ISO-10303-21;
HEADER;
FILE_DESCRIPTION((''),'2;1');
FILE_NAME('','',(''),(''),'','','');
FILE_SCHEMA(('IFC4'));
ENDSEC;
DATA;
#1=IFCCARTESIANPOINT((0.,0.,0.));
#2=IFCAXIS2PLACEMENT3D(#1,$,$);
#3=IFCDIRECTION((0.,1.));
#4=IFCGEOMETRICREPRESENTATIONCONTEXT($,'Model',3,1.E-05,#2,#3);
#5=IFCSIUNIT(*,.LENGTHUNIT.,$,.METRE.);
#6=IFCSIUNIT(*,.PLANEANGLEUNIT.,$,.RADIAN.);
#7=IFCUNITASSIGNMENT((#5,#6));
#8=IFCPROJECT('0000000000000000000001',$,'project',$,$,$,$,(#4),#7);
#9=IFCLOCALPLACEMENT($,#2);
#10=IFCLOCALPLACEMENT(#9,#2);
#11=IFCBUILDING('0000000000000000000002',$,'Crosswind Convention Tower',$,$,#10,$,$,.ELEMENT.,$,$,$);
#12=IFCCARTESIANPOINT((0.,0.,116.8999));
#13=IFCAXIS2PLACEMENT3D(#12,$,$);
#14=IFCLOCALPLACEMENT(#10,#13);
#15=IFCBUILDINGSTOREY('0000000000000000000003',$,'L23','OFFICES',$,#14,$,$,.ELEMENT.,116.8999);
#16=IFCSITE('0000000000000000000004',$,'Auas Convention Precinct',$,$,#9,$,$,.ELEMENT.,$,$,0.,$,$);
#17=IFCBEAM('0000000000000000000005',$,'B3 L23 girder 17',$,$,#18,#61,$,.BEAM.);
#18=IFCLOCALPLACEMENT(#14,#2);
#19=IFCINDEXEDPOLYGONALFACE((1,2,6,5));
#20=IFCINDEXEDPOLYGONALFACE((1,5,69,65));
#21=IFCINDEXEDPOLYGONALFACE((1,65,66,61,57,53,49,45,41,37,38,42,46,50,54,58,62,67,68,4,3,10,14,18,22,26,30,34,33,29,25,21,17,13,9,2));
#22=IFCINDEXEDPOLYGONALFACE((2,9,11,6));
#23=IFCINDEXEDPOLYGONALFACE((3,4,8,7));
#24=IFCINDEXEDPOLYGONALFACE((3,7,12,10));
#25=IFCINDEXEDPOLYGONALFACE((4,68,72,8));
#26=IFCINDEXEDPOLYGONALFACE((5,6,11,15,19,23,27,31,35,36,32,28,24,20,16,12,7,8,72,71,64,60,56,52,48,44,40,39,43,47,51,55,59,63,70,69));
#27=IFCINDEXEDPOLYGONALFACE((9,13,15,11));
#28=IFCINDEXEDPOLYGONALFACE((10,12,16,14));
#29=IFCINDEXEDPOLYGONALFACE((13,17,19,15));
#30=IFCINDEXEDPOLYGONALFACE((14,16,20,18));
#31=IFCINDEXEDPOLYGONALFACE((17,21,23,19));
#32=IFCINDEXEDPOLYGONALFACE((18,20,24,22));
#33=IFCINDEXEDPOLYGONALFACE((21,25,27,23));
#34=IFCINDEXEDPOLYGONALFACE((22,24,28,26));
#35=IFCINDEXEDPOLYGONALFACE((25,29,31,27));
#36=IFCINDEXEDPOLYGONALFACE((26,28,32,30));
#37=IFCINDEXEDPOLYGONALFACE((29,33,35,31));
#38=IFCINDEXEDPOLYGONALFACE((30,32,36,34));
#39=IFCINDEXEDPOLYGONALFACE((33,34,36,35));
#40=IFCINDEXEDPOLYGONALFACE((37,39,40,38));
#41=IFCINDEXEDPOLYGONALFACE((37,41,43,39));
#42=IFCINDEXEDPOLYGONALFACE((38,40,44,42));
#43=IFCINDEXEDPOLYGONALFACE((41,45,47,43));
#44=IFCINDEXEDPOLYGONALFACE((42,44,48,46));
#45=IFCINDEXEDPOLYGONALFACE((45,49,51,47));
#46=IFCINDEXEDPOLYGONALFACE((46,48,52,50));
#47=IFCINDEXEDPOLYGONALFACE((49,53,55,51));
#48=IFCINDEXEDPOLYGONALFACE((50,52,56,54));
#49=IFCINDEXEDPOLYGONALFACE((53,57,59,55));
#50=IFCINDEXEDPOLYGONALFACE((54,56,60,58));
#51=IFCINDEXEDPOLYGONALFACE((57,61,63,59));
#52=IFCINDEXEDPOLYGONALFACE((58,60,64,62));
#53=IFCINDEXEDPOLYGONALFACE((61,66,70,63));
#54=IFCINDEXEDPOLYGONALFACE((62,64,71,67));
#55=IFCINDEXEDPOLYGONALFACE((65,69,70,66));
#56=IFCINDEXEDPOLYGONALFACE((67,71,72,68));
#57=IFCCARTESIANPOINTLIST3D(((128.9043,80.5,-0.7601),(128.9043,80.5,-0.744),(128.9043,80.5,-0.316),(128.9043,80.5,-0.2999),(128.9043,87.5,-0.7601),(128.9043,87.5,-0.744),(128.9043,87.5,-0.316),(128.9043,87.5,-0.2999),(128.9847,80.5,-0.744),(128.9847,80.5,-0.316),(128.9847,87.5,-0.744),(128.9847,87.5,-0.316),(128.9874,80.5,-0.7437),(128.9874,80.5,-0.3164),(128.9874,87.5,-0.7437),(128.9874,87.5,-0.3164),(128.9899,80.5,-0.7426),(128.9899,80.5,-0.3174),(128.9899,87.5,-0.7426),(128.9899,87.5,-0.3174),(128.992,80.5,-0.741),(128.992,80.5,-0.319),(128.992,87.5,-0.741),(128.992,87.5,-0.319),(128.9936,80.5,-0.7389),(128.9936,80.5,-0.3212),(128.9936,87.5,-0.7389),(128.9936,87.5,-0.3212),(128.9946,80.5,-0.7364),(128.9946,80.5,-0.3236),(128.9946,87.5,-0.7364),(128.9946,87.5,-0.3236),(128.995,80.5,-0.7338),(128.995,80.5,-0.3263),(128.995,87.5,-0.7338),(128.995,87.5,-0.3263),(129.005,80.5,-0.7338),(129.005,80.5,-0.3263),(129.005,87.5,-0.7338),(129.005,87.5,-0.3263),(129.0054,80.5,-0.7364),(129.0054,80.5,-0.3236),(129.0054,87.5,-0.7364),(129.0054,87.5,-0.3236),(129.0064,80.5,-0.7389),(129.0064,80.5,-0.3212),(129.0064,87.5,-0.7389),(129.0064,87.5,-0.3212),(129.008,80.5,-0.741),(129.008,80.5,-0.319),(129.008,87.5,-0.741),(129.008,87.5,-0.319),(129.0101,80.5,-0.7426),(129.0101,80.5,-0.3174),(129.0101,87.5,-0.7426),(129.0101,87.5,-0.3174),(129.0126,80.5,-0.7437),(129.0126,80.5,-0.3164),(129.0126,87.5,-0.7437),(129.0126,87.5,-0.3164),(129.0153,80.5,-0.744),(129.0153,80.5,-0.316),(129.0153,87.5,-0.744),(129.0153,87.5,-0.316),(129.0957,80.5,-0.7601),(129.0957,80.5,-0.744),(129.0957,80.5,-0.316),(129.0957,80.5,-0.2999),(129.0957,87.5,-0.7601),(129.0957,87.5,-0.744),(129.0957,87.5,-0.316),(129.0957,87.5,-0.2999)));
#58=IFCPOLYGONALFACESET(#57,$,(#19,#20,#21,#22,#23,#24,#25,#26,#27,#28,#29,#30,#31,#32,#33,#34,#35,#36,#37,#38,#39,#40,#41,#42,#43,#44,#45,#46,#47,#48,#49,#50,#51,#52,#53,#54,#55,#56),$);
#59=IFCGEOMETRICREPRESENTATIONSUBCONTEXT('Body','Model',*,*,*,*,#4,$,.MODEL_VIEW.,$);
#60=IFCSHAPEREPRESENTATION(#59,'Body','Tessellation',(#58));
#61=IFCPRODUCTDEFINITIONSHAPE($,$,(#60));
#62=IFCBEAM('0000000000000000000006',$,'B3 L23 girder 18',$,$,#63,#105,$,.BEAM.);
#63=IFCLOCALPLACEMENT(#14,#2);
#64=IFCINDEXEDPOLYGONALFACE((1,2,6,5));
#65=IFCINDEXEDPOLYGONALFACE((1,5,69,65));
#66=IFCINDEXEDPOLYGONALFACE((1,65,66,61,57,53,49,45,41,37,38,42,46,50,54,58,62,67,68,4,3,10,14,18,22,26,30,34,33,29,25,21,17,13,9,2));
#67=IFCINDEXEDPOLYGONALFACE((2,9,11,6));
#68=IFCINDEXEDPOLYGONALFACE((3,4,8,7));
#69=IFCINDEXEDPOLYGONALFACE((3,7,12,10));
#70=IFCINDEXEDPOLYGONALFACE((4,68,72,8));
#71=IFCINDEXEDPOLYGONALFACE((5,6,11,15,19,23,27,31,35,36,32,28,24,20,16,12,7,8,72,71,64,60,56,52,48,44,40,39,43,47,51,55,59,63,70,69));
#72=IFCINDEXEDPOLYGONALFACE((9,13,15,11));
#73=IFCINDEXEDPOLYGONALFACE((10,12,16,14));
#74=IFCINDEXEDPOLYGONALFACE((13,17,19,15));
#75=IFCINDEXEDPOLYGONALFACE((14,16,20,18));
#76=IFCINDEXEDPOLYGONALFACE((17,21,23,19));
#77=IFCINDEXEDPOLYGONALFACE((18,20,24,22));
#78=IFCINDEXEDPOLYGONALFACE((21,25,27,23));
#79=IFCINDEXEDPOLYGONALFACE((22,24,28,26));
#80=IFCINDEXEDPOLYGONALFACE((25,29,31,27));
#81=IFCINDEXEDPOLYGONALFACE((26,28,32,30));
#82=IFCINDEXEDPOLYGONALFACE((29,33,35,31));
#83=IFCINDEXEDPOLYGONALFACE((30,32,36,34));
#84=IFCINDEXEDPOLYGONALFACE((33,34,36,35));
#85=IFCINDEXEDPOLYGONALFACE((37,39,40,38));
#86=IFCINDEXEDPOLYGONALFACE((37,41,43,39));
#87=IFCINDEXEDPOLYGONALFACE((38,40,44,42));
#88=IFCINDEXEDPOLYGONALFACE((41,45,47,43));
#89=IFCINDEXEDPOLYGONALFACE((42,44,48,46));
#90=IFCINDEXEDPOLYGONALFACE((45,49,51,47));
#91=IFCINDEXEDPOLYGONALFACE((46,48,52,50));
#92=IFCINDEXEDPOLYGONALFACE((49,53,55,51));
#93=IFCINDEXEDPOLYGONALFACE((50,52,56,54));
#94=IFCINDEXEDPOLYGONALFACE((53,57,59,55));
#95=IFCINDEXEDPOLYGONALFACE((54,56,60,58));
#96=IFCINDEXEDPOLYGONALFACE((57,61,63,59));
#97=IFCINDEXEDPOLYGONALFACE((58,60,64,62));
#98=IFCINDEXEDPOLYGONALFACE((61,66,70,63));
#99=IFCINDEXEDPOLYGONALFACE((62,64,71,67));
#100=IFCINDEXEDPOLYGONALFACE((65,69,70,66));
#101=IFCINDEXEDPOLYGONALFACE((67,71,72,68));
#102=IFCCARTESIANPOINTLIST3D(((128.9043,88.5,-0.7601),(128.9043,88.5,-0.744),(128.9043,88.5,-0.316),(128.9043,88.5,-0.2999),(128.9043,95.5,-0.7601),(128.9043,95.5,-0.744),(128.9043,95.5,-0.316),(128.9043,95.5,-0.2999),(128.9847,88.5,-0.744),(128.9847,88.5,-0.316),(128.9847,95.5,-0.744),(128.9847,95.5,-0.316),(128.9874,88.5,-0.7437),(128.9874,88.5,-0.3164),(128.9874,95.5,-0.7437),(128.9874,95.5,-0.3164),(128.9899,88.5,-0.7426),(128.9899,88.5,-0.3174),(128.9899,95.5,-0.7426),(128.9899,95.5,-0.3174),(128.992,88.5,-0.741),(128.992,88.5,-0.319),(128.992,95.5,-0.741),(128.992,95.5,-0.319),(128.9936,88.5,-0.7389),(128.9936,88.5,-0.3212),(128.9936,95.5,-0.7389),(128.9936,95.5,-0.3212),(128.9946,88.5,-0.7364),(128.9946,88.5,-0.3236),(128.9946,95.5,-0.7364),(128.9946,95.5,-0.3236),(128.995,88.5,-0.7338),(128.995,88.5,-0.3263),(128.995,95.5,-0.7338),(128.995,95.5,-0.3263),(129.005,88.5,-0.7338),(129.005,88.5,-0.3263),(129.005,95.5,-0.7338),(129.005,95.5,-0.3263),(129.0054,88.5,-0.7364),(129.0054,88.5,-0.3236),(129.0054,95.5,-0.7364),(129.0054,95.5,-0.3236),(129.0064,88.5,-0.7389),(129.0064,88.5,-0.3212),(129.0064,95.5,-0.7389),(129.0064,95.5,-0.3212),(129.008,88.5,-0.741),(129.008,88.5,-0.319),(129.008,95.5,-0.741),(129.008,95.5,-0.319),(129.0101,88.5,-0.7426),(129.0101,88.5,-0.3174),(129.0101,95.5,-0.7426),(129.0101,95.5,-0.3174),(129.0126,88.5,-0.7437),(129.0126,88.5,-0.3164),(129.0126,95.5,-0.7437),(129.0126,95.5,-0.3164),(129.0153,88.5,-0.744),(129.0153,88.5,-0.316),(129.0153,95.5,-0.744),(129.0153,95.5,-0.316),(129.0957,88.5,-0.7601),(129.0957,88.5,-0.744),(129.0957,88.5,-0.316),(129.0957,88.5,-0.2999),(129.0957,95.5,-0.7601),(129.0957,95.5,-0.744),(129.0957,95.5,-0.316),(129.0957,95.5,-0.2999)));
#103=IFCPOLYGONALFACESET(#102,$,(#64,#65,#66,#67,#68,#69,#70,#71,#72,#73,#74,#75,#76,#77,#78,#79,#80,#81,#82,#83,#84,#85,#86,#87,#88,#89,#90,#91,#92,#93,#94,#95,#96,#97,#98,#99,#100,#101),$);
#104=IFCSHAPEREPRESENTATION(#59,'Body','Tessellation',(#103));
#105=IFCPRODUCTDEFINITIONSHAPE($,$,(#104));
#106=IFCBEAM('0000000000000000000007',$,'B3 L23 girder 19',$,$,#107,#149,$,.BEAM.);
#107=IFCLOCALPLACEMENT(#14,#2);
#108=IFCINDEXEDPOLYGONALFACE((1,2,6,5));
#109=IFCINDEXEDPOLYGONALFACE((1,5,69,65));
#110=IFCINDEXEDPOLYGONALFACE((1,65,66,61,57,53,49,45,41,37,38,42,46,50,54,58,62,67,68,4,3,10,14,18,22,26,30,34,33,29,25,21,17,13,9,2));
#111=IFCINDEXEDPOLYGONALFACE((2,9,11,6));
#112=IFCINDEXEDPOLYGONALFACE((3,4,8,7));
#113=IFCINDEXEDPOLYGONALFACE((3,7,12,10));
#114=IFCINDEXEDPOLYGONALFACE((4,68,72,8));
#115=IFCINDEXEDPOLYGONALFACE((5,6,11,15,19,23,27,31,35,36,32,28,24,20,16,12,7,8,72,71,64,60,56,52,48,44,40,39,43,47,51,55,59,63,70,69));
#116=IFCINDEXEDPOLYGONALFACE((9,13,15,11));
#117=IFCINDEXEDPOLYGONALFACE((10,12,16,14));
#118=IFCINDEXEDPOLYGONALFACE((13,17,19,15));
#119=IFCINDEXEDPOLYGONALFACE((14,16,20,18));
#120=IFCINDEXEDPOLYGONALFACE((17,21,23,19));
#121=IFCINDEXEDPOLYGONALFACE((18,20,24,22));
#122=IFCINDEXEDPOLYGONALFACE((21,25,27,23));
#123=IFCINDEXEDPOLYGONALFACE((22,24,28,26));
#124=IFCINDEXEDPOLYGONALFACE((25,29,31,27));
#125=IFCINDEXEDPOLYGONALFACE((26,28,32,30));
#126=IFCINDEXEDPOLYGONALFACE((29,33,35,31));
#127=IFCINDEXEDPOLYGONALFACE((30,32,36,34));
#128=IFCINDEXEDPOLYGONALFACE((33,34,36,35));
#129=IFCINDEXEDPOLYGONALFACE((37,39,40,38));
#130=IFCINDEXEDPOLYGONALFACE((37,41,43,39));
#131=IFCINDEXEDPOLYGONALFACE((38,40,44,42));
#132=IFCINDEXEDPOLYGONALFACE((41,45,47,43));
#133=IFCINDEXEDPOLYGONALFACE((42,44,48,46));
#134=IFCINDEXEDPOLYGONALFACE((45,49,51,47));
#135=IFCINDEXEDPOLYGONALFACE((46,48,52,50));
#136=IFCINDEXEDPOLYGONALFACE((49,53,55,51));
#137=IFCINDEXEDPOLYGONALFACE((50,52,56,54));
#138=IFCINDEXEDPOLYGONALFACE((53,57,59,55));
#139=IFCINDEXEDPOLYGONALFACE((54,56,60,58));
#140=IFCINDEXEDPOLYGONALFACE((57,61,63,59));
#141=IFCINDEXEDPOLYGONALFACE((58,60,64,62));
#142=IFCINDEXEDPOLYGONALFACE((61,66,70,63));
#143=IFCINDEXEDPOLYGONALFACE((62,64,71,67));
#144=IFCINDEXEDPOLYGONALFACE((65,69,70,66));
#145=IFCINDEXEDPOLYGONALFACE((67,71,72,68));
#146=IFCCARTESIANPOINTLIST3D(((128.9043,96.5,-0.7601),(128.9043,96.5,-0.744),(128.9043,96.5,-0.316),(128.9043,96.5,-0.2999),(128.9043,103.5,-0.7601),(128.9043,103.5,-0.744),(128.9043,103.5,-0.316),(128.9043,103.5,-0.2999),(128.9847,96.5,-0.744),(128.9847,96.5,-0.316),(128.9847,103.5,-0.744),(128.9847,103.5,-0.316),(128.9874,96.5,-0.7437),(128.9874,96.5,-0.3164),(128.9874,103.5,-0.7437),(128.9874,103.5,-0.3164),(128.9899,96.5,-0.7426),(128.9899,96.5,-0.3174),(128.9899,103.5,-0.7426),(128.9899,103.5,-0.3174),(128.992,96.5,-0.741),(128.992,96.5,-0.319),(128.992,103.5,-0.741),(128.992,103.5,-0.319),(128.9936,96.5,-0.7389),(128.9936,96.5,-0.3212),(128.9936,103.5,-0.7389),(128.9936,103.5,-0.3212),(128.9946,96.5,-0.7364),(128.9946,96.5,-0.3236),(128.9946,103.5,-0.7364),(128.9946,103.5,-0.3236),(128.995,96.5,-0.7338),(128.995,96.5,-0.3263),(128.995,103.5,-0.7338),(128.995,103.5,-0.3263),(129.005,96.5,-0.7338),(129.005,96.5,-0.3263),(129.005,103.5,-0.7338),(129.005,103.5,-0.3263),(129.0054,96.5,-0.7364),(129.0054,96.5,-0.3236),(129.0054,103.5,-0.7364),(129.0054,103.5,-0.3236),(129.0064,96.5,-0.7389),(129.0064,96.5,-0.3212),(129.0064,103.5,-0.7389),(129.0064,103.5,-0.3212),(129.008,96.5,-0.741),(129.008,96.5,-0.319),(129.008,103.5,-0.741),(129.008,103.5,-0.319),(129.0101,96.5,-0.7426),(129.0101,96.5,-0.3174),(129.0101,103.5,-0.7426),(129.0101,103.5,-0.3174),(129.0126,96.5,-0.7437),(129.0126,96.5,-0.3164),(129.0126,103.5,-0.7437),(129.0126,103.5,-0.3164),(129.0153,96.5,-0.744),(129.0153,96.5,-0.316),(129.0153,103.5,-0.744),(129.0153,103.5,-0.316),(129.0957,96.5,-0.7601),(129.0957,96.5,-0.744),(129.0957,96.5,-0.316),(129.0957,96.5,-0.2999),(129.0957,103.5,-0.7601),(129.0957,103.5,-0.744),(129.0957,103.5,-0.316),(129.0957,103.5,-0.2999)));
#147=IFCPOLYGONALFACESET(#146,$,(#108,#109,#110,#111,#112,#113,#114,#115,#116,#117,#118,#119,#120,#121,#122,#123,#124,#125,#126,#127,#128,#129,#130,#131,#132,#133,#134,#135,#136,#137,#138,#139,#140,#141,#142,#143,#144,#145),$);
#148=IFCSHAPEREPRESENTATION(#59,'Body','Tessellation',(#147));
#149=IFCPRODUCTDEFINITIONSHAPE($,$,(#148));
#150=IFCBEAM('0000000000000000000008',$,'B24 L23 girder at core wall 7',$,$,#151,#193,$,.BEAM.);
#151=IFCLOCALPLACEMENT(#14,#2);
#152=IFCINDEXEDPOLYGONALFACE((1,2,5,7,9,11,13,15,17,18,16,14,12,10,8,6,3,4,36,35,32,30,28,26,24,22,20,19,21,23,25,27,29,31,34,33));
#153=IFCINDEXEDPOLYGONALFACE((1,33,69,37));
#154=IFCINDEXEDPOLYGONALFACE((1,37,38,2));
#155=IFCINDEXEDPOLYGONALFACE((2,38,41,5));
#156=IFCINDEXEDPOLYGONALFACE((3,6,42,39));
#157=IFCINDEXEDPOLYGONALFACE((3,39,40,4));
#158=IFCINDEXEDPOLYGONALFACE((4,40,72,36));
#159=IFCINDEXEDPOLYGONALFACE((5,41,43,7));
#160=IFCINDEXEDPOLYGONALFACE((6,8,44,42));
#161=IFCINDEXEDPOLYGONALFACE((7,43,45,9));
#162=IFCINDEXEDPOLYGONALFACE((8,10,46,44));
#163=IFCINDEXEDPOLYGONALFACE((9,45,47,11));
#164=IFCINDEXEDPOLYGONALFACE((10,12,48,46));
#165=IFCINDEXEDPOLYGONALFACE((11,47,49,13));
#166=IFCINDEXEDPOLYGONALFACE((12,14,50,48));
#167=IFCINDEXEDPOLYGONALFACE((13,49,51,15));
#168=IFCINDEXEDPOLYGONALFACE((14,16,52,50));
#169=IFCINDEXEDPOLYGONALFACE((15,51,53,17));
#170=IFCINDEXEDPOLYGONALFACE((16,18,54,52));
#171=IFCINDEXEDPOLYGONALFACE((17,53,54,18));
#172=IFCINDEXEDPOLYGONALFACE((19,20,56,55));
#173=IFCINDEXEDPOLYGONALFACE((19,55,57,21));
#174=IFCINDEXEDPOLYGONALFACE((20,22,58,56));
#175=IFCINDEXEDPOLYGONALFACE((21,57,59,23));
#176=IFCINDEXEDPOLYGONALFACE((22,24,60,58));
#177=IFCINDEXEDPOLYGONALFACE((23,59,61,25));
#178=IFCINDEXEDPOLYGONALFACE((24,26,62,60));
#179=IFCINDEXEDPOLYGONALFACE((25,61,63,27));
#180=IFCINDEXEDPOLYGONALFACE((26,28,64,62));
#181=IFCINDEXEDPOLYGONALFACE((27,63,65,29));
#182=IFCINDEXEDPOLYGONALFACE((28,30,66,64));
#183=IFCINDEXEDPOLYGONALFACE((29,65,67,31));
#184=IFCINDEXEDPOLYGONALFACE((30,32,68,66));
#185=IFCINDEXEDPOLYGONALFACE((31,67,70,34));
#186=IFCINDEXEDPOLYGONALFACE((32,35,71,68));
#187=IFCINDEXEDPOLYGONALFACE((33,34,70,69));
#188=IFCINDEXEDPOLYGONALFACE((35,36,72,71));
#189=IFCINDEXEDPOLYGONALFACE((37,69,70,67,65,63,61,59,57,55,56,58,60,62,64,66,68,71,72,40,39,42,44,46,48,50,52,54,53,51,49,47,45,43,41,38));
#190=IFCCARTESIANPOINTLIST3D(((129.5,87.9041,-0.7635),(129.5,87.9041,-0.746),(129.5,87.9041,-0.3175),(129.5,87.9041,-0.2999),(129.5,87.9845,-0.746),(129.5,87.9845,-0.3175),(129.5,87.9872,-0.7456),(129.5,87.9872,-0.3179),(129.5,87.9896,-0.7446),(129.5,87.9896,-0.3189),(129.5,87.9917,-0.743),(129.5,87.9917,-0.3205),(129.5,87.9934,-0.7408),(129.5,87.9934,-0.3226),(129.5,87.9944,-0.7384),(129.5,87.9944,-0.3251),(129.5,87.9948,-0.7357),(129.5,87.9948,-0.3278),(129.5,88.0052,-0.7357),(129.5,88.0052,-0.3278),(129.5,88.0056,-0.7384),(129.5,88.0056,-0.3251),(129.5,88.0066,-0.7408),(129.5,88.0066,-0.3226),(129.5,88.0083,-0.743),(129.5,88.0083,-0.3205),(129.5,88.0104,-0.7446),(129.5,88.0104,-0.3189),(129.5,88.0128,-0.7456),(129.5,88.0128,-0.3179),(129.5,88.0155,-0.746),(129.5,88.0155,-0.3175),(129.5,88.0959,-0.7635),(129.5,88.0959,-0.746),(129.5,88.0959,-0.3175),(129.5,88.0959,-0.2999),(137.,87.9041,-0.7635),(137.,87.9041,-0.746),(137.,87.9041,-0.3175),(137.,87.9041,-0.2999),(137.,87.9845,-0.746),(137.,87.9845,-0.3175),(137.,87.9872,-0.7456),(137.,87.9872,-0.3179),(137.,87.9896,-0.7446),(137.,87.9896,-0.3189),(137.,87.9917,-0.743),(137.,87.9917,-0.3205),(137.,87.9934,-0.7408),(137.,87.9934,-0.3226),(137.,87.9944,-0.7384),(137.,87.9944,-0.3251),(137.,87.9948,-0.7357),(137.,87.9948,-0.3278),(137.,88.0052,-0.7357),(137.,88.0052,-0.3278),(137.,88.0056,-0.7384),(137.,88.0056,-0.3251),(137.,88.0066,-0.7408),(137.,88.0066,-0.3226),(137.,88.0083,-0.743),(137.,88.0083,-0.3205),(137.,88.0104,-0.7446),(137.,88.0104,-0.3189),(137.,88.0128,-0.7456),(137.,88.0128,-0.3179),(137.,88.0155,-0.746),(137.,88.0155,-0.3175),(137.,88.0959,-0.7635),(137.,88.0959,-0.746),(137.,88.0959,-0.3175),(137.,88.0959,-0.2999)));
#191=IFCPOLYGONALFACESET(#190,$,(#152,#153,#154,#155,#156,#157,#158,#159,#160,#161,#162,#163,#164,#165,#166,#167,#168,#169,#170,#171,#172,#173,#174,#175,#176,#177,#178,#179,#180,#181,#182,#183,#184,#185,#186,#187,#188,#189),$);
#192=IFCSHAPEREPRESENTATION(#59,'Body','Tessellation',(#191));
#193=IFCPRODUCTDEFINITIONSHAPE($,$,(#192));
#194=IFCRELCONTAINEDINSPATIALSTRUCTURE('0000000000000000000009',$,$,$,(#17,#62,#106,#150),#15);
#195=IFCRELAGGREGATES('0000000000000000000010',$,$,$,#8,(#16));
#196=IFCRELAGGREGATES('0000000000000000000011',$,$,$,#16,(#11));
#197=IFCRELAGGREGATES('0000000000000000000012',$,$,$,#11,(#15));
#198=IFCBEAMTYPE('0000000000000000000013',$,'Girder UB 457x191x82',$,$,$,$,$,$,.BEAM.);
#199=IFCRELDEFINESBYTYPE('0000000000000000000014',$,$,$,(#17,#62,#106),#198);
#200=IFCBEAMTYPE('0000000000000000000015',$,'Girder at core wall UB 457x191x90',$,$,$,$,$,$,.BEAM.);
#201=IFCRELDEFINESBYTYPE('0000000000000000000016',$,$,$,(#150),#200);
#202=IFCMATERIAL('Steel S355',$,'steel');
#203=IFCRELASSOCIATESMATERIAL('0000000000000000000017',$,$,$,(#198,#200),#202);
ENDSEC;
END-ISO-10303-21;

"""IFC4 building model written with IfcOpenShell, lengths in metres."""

from ifc_helpers import new_model, si_unit, direction, frame, origin, origin_2d, place, context, subcontext, project, spatial, i_section, extrude, material, material_profile, profile_set, type_object, element, save


model = new_model("IFC4")

# Units and contexts
model_context = context("Model", 3, precision=1e-05, world=origin(), true_north=direction((0.0, 1.0)))
body_context = subcontext(model_context, "Body", "Model", "MODEL_VIEW")
ifc_project = project(units=[si_unit("LENGTHUNIT", "METRE"), si_unit("PLANEANGLEUNIT", "RADIAN")], contexts=[model_context])

# Site, building, storey
site_placement = place(None, origin())
site = spatial("IfcSite", under=ifc_project, at=site_placement, Name="Auas Convention Precinct", CompositionType="ELEMENT", RefElevation=0.0)
building_placement = place(site_placement, origin())
building = spatial("IfcBuilding", under=site, at=building_placement, Name="Crosswind Convention Tower", CompositionType="ELEMENT")
storey_placement = place(building_placement, frame((0.0, 0.0, 116.8999)))
storey = spatial("IfcBuildingStorey", under=building, at=storey_placement, Name="L23", Description="OFFICES", CompositionType="ELEMENT", Elevation=116.8999)

# Beams
ifc_material_1 = material(Name="Steel S355", Category="steel")
ifc_material_profile_1 = material_profile(ifc_material_1, i_section(OverallWidth=0.1914, OverallDepth=0.4602, WebThickness=0.01, FlangeThickness=0.0161, FilletRadius=0.0103, at=origin_2d()), Name="UB 457x191x82")
ifc_profile_set_1 = profile_set([ifc_material_profile_1], Name="Steel S355")
beam_type_1 = type_object("IfcBeamType", Name="Girder UB 457x191x82", PredefinedType="BEAM", material=ifc_profile_set_1)
for number, where, z_axis, x_axis, name in (
    (1, (129.0, 80.5, -0.53), (0.0, 1.0, 0.0), (-1.0, 0.0, 0.0), "B3 L23 girder 17"),
    (2, (129.0, 88.5, -0.53), (0.0, 1.0, 0.0), (-1.0, 0.0, 0.0), "B3 L23 girder 18"),
    (3, (129.0, 96.5, -0.53), (0.0, 1.0, 0.0), (-1.0, 0.0, 0.0), "B3 L23 girder 19"),
):
    element("IfcBeam", number, at=place(storey_placement, frame(where, z_axis=z_axis, x_axis=x_axis)), inside=storey, type_object=beam_type_1, Name=name, PredefinedType="BEAM", context=body_context, shape_type="SweptSolid", body=[
        extrude(i_section(OverallWidth=0.1914, OverallDepth=0.4602, WebThickness=0.01, FlangeThickness=0.0161, FilletRadius=0.0103, at=origin_2d()), origin(), (0.0, 0.0, 1.0), 7.0),
    ])
ifc_material_profile_2 = material_profile(ifc_material_1, i_section(OverallWidth=0.1919, OverallDepth=0.4636, WebThickness=0.0105, FlangeThickness=0.0176, FilletRadius=0.0103, at=origin_2d()), Name="UB 457x191x90")
ifc_profile_set_2 = profile_set([ifc_material_profile_2], Name="Steel S355")
beam_type_2 = type_object("IfcBeamType", Name="Girder at core wall UB 457x191x90", PredefinedType="BEAM", material=ifc_profile_set_2)
for number, where, z_axis, x_axis, name in (
    (4, (129.5, 88.0, -0.5317), (1.0, 0.0, 0.0), (0.0, 1.0, 0.0), "B24 L23 girder at core wall 7"),
):
    element("IfcBeam", number, at=place(storey_placement, frame(where, z_axis=z_axis, x_axis=x_axis)), inside=storey, type_object=beam_type_2, Name=name, PredefinedType="BEAM", context=body_context, shape_type="SweptSolid", body=[
        extrude(i_section(OverallWidth=0.1919, OverallDepth=0.4636, WebThickness=0.0105, FlangeThickness=0.0176, FilletRadius=0.0103, at=origin_2d()), origin(), (0.0, 0.0, 1.0), 7.5),
    ])

save(model, "model.ifc")
